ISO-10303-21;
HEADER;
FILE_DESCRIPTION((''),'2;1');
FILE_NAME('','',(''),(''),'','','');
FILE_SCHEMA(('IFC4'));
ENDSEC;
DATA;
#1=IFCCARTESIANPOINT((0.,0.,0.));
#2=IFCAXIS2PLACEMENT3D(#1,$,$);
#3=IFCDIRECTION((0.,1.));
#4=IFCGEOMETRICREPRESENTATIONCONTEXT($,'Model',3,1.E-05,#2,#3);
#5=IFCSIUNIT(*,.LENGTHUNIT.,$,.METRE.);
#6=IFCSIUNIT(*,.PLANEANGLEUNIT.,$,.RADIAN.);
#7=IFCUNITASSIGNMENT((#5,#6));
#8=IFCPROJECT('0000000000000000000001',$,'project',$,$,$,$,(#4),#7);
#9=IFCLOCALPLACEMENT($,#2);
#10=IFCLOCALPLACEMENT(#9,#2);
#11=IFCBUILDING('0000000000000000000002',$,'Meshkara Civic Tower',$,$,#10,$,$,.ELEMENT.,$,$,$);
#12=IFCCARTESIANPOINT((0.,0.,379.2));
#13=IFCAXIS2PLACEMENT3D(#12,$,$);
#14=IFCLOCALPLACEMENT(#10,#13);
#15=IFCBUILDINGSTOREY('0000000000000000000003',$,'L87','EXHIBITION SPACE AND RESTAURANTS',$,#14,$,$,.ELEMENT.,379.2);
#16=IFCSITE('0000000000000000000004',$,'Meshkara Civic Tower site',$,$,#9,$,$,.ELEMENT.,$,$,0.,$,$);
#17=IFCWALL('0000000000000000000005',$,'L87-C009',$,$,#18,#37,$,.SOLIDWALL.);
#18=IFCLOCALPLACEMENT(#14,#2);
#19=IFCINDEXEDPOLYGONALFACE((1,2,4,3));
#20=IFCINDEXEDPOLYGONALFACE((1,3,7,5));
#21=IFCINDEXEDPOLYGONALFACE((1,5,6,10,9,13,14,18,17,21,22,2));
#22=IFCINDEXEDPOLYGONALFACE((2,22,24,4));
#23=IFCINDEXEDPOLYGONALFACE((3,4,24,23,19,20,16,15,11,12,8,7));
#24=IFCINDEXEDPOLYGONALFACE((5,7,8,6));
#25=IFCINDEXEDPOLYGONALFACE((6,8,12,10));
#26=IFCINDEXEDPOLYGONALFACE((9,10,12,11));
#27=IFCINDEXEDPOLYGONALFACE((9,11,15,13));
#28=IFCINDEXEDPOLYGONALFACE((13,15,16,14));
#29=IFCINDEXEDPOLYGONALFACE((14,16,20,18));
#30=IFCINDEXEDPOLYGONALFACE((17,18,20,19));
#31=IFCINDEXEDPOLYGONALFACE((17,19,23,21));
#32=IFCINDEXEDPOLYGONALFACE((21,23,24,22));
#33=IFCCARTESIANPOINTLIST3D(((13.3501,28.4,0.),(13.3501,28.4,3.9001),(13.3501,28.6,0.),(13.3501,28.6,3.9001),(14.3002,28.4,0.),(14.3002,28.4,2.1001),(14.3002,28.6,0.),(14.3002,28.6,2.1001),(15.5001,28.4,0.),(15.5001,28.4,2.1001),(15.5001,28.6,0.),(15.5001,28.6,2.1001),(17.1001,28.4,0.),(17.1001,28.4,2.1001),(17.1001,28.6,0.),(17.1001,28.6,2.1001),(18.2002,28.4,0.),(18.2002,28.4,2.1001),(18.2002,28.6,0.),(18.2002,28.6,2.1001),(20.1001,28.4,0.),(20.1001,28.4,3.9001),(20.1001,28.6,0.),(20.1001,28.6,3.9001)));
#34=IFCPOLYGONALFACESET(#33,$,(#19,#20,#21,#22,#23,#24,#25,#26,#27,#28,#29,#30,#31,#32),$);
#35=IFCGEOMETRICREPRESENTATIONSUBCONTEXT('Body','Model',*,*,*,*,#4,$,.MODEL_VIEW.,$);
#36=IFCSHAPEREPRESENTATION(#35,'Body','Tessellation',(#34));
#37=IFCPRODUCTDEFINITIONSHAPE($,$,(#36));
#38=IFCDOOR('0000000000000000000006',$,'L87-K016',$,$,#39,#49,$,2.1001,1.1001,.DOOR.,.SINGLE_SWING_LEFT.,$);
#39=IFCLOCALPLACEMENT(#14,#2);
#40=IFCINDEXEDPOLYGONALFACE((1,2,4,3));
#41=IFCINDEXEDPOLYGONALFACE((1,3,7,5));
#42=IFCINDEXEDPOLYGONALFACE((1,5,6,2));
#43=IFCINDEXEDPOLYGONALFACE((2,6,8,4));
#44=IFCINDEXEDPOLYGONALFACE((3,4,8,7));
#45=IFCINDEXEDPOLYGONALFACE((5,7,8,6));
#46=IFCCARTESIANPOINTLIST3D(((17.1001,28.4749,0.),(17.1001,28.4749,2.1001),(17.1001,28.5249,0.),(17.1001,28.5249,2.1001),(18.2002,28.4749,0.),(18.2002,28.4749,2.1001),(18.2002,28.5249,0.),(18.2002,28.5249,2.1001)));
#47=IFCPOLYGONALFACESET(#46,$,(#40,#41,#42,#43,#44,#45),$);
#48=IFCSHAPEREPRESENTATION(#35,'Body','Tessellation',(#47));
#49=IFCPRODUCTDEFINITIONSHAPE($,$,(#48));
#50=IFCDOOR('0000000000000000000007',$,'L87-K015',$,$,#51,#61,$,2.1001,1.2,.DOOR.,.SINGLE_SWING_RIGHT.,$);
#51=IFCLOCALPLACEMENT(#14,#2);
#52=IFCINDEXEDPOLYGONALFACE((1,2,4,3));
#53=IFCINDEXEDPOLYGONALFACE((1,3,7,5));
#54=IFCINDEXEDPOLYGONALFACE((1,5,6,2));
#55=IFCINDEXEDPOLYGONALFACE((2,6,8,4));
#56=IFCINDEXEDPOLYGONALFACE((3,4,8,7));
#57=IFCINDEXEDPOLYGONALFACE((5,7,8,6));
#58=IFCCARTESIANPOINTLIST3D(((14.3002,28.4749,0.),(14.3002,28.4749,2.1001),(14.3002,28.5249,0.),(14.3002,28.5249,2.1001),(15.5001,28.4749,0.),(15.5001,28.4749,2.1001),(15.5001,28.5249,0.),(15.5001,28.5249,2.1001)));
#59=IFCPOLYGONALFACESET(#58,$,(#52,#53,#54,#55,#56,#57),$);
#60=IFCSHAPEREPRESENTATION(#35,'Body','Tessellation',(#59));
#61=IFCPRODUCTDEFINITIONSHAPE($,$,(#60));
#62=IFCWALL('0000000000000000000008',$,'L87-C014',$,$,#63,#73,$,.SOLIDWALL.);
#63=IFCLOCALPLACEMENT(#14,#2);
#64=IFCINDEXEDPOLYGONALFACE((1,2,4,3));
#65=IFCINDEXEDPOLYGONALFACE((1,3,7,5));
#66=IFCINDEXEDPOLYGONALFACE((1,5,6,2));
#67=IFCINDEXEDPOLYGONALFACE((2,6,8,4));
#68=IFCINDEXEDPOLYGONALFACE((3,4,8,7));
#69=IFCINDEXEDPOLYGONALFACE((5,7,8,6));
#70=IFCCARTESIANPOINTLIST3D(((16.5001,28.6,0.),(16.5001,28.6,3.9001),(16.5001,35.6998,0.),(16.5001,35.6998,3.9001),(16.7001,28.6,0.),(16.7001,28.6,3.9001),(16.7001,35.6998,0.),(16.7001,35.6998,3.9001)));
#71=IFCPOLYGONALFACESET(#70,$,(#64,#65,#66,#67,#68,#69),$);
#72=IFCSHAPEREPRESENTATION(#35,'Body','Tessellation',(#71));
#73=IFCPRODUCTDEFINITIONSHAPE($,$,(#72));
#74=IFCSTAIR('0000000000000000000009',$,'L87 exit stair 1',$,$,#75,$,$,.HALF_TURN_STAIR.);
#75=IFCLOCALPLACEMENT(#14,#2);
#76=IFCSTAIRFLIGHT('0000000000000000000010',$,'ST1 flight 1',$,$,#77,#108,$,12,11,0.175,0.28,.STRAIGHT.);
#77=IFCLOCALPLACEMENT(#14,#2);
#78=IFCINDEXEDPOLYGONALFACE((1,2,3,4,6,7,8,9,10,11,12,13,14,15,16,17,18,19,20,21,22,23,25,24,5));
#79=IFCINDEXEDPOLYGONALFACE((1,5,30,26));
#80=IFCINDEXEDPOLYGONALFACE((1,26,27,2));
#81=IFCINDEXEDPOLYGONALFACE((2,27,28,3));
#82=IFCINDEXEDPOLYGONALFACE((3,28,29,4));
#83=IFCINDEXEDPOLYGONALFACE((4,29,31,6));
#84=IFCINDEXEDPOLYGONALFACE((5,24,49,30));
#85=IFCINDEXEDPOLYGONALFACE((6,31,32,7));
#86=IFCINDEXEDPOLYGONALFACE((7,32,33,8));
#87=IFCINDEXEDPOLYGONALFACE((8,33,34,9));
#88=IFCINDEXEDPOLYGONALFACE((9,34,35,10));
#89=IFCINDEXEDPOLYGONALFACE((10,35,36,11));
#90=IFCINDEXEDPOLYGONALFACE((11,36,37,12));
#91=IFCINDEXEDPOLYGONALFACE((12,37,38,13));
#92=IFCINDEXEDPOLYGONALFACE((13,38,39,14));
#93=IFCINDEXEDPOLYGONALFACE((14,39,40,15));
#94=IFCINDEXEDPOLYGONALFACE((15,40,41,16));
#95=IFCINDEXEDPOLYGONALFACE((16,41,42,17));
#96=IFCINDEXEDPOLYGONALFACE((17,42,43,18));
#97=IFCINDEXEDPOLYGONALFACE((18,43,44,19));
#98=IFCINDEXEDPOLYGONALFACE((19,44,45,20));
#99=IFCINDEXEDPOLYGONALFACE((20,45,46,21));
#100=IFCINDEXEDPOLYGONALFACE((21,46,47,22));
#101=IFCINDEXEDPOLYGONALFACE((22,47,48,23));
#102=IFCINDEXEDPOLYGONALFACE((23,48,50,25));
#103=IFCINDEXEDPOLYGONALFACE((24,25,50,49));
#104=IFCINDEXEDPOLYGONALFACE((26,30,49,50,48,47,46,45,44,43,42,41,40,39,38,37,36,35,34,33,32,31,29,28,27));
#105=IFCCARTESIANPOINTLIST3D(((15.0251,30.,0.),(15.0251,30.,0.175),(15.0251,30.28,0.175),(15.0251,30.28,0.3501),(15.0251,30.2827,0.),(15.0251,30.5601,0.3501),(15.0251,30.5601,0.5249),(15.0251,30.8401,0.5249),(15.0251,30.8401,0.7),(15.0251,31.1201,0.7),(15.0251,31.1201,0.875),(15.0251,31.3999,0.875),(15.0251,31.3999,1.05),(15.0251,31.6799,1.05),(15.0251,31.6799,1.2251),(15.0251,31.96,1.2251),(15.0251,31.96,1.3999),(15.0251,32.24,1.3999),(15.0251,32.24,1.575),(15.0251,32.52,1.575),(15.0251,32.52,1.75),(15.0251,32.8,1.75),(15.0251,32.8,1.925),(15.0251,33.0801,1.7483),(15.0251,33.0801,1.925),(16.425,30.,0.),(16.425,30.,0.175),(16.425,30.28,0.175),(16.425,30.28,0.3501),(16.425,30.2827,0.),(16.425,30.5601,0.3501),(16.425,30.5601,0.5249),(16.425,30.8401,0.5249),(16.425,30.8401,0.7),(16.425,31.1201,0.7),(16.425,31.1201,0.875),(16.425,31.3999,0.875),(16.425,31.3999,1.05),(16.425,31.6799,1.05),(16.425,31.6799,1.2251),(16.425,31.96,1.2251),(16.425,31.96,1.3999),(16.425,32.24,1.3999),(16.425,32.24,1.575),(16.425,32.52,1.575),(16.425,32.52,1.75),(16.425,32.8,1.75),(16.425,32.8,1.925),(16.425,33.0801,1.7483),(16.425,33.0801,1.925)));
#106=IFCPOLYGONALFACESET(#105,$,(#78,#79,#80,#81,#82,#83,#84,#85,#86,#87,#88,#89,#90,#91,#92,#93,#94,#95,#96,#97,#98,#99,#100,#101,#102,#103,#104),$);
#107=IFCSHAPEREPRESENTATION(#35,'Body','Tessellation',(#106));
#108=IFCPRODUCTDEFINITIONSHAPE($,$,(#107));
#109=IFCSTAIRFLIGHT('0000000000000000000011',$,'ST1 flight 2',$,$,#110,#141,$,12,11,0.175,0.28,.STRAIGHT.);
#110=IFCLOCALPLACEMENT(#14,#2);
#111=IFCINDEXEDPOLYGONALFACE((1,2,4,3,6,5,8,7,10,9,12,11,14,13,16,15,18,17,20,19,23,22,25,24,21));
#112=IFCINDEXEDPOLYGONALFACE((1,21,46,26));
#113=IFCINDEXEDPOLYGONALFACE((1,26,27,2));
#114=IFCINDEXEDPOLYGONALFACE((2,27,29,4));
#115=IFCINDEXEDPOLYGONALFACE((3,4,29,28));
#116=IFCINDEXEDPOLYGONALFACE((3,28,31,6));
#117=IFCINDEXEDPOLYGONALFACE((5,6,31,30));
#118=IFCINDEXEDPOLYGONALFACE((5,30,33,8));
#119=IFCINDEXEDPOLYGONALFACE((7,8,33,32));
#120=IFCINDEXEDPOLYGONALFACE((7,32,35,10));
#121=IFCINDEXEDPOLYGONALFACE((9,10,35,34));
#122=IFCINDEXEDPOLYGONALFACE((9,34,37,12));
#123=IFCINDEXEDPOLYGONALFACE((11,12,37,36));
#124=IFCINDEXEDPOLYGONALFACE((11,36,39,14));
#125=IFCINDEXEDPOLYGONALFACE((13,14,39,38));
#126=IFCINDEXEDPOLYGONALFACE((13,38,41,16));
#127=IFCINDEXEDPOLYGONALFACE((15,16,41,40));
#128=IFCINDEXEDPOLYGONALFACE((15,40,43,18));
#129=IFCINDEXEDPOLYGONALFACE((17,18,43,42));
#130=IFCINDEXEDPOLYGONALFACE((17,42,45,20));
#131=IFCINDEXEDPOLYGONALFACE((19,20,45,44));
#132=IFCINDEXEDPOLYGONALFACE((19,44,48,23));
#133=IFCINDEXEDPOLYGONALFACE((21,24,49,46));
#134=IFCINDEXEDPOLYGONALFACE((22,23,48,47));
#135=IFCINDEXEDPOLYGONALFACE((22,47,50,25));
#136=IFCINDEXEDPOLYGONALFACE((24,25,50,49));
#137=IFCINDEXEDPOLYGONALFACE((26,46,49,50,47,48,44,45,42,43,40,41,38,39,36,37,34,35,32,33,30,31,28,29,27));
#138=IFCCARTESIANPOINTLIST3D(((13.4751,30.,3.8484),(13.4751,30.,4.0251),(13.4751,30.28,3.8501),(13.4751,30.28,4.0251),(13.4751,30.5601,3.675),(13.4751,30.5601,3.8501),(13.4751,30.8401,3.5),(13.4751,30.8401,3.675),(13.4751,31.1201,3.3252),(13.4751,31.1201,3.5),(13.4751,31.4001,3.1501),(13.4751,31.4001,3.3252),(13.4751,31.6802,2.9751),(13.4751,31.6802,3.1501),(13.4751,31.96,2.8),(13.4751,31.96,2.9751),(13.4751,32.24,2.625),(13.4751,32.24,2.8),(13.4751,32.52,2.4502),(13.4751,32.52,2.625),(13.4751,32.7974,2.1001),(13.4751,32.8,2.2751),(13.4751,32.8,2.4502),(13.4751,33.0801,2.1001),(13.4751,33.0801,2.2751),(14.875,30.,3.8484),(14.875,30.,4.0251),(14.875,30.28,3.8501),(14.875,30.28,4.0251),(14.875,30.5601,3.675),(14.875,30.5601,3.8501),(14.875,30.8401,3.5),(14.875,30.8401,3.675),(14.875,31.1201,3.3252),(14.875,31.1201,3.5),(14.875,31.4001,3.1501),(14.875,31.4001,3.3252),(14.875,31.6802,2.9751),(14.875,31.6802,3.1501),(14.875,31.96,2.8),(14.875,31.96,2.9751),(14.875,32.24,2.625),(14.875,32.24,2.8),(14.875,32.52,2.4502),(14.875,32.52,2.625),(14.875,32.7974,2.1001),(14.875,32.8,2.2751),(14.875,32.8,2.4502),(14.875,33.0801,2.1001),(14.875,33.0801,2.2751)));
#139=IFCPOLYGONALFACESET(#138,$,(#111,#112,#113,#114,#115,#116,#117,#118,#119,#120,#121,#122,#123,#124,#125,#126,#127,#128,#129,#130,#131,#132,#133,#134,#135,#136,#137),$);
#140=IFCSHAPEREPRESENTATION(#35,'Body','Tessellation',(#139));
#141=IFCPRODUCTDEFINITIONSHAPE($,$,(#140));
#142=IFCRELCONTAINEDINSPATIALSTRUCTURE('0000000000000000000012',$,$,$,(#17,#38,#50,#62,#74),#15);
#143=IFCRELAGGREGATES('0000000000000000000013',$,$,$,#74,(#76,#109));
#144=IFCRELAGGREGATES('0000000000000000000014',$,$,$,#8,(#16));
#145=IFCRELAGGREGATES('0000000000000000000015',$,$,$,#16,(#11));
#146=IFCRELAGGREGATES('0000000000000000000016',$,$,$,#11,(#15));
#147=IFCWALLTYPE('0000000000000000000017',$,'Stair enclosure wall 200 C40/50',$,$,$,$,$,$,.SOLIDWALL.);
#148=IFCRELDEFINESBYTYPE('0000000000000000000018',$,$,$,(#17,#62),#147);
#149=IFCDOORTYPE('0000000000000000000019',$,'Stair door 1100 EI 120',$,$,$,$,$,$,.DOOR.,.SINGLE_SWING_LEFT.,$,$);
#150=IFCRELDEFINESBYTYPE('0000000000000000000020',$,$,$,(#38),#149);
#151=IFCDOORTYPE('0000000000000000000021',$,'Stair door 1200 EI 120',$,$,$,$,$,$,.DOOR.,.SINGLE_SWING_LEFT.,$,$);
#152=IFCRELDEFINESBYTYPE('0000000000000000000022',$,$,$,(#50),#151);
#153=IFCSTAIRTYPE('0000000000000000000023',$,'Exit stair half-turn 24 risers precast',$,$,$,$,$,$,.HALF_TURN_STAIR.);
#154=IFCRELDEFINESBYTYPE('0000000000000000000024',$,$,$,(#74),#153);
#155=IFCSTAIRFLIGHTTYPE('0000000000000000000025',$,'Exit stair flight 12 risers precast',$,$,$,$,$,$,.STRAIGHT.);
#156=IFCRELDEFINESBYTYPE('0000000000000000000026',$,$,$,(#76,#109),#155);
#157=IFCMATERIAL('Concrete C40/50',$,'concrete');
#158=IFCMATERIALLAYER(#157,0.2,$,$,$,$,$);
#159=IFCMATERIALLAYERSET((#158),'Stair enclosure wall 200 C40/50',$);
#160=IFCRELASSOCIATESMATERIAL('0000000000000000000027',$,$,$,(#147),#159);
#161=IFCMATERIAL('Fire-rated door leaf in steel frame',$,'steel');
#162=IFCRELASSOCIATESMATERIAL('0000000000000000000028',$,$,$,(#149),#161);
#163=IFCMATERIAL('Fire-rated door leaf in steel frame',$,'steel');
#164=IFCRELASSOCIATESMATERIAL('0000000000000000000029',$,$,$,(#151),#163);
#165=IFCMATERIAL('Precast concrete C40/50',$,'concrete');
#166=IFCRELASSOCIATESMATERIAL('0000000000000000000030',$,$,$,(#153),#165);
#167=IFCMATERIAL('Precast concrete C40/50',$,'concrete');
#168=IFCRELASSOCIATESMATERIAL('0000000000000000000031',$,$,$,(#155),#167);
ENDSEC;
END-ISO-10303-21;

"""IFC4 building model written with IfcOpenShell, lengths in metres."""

from ifc_helpers import new_model, si_unit, direction, frame, frame_2d, origin, place, context, subcontext, project, spatial, polyline, rectangle, outline, extrude, material, layer, layer_set, type_object, element, fill, aggregate, save


model = new_model("IFC4")

# Units and contexts
model_context = context("Model", 3, precision=1e-05, world=origin(), true_north=direction((0.0, 1.0)))
body_context = subcontext(model_context, "Body", "Model", "MODEL_VIEW")
ifc_project = project(units=[si_unit("LENGTHUNIT", "METRE"), si_unit("PLANEANGLEUNIT", "RADIAN")], contexts=[model_context])

# Site, building, storey
site_placement = place(None, origin())
site = spatial("IfcSite", under=ifc_project, at=site_placement, Name="Meshkara Civic Tower site", CompositionType="ELEMENT", RefElevation=0.0)
building_placement = place(site_placement, origin())
building = spatial("IfcBuilding", under=site, at=building_placement, Name="Meshkara Civic Tower", CompositionType="ELEMENT")
storey_placement = place(building_placement, frame((0.0, 0.0, 379.2)))
storey = spatial("IfcBuildingStorey", under=building, at=storey_placement, Name="L87", Description="EXHIBITION SPACE AND RESTAURANTS", CompositionType="ELEMENT", Elevation=379.2)

# Wall, openings, doors
ifc_material_1 = material(Name="Concrete C40/50", Category="concrete")
ifc_layer_1 = layer(ifc_material_1, 0.2)
ifc_layer_set_1 = layer_set([ifc_layer_1], Name="Stair enclosure wall 200 C40/50")
wall_type_1 = type_object("IfcWallType", Name="Stair enclosure wall 200 C40/50", PredefinedType="SOLIDWALL", material=ifc_layer_set_1)
wall_1_placement = place(storey_placement, frame((13.3501, 28.5, 0.0), z_axis=(0.0, 0.0, 1.0), x_axis=(1.0, 0.0, 0.0)))
wall_1 = element("IfcWall", 1, at=wall_1_placement, inside=storey, type_object=wall_type_1, Name="L87-C009", PredefinedType="SOLIDWALL", context=body_context, shape_type="SweptSolid", body=[
    extrude(rectangle(XDim=6.75, YDim=0.2, at=frame_2d((3.375, 0.0))), origin(), (0.0, 0.0, 1.0), 3.9001),
])
opening_1_placement = place(wall_1_placement, frame((0.95, 0.0, 0.0)))
opening_1 = element("IfcOpeningElement", 2, at=opening_1_placement, cuts=wall_1, PredefinedType="OPENING", context=body_context, shape_type="SweptSolid", body=[
    extrude(rectangle(XDim=1.2, YDim=2.1001, at=frame_2d((0.6001, 1.05))), frame((0.0, 0.1099, 0.0), z_axis=(0.0, -1.0, 0.0), x_axis=(1.0, 0.0, 0.0)), (0.0, 0.0, 1.0), 0.22),
])
opening_2_placement = place(wall_1_placement, frame((3.75, 0.0, 0.0)))
opening_2 = element("IfcOpeningElement", 3, at=opening_2_placement, cuts=wall_1, PredefinedType="OPENING", context=body_context, shape_type="SweptSolid", body=[
    extrude(rectangle(XDim=1.1001, YDim=2.1001, at=frame_2d((0.55, 1.05))), frame((0.0, 0.1099, 0.0), z_axis=(0.0, -1.0, 0.0), x_axis=(1.0, 0.0, 0.0)), (0.0, 0.0, 1.0), 0.22),
])
ifc_material_2 = material(Name="Fire-rated door leaf in steel frame", Category="steel")
door_type_1 = type_object("IfcDoorType", Name="Stair door 1100 EI 120", OperationType="SINGLE_SWING_LEFT", PredefinedType="DOOR", material=ifc_material_2)
door_1_placement = place(opening_2_placement, origin())
door_1 = element("IfcDoor", 4, at=door_1_placement, inside=storey, type_object=door_type_1, Name="L87-K016", OperationType="SINGLE_SWING_LEFT", OverallHeight=2.1001, OverallWidth=1.1001, PredefinedType="DOOR", context=body_context, shape_type="SweptSolid", body=[
    extrude(rectangle(XDim=1.1001, YDim=2.1001, at=frame_2d((0.55, 1.05))), frame((0.0, 0.0249, 0.0), z_axis=(0.0, -1.0, 0.0), x_axis=(1.0, 0.0, 0.0)), (0.0, 0.0, 1.0), 0.05),
])
fill(opening_2, door_1)
ifc_material_3 = material(Name="Fire-rated door leaf in steel frame", Category="steel")
door_type_2 = type_object("IfcDoorType", Name="Stair door 1200 EI 120", OperationType="SINGLE_SWING_LEFT", PredefinedType="DOOR", material=ifc_material_3)
door_2_placement = place(opening_1_placement, origin())
door_2 = element("IfcDoor", 5, at=door_2_placement, inside=storey, type_object=door_type_2, Name="L87-K015", OperationType="SINGLE_SWING_RIGHT", OverallHeight=2.1001, OverallWidth=1.2, PredefinedType="DOOR", context=body_context, shape_type="SweptSolid", body=[
    extrude(rectangle(XDim=1.2, YDim=2.1001, at=frame_2d((0.6001, 1.05))), frame((0.0, 0.0249, 0.0), z_axis=(0.0, -1.0, 0.0), x_axis=(1.0, 0.0, 0.0)), (0.0, 0.0, 1.0), 0.05),
])
fill(opening_1, door_2)

# Wall
wall_2_placement = place(storey_placement, frame((16.6001, 28.6001, 0.0), z_axis=(0.0, 0.0, 1.0), x_axis=(0.0, 1.0, 0.0)))
element("IfcWall", 6, at=wall_2_placement, inside=storey, type_object=wall_type_1, Name="L87-C014", PredefinedType="SOLIDWALL", context=body_context, shape_type="SweptSolid", body=[
    extrude(rectangle(XDim=7.0999, YDim=0.2, at=frame_2d((3.5498, 0.0))), origin(), (0.0, 0.0, 1.0), 3.9001),
])

# Stair, stair flights
ifc_material_4 = material(Name="Precast concrete C40/50", Category="concrete")
stair_type = type_object("IfcStairType", Name="Exit stair half-turn 24 risers precast", PredefinedType="HALF_TURN_STAIR", material=ifc_material_4)
stair_placement = place(storey_placement, origin())
stair = element("IfcStair", 7, at=stair_placement, inside=storey, type_object=stair_type, Name="L87 exit stair 1", PredefinedType="HALF_TURN_STAIR")
ifc_material_5 = material(Name="Precast concrete C40/50", Category="concrete")
stair_flight_type = type_object("IfcStairFlightType", Name="Exit stair flight 12 risers precast", PredefinedType="STRAIGHT", material=ifc_material_5)
stair_flight_1_placement = place(storey_placement, frame((15.7251, 30.0, 0.0), z_axis=(0.0, 0.0, 1.0), x_axis=(0.0, 1.0, 0.0)))
stair_flight_1 = element("IfcStairFlight", 8, at=stair_flight_1_placement, type_object=stair_flight_type, Name="ST1 flight 1", NumberOfRisers=12, NumberOfTreads=11, PredefinedType="STRAIGHT", RiserHeight=0.175, TreadLength=0.28, context=body_context, shape_type="SweptSolid", body=[
    extrude(outline(polyline([(0.0, 0.0), (0.0, 0.175), (0.28, 0.175), (0.28, 0.3501), (0.5601, 0.3501), (0.5601, 0.5249), (0.8401, 0.5249), (0.8401, 0.7), (1.1201, 0.7), (1.1201, 0.875), (1.3999, 0.875), (1.3999, 1.05), (1.6799, 1.05), (1.6799, 1.2251), (1.96, 1.2251), (1.96, 1.3999), (2.24, 1.3999), (2.24, 1.575), (2.52, 1.575), (2.52, 1.75), (2.8, 1.75), (2.8, 1.925), (3.0801, 1.925), (3.0801, 2.1001), (3.0801, 1.7483), (0.2827, 0.0), (0.0, 0.0)])), frame((0.0, 0.7, 0.0), z_axis=(0.0, -1.0, 0.0), x_axis=(1.0, 0.0, 0.0)), (0.0, 0.0, 1.0), 1.3999),
])
stair_flight_2_placement = place(storey_placement, frame((14.175, 33.0801, 2.1001), z_axis=(0.0, 0.0, 1.0), x_axis=(0.0, -1.0, 0.0)))
stair_flight_2 = element("IfcStairFlight", 9, at=stair_flight_2_placement, type_object=stair_flight_type, Name="ST1 flight 2", NumberOfRisers=12, NumberOfTreads=11, PredefinedType="STRAIGHT", RiserHeight=0.175, TreadLength=0.28, context=body_context, shape_type="SweptSolid", body=[
    extrude(outline(polyline([(0.0, 0.0), (0.0, 0.175), (0.28, 0.175), (0.28, 0.3501), (0.5601, 0.3501), (0.5601, 0.5249), (0.8401, 0.5249), (0.8401, 0.7), (1.1201, 0.7), (1.1201, 0.875), (1.3999, 0.875), (1.3999, 1.05), (1.6799, 1.05), (1.6799, 1.2251), (1.96, 1.2251), (1.96, 1.3999), (2.24, 1.3999), (2.24, 1.575), (2.52, 1.575), (2.52, 1.75), (2.8, 1.75), (2.8, 1.925), (3.0801, 1.925), (3.0801, 2.1001), (3.0801, 1.7483), (0.2827, 0.0), (0.0, 0.0)])), frame((0.0, 0.7, 0.0), z_axis=(0.0, -1.0, 0.0), x_axis=(1.0, 0.0, 0.0)), (0.0, 0.0, 1.0), 1.3999),
])
aggregate(stair, [stair_flight_1, stair_flight_2])

save(model, "model.ifc")
